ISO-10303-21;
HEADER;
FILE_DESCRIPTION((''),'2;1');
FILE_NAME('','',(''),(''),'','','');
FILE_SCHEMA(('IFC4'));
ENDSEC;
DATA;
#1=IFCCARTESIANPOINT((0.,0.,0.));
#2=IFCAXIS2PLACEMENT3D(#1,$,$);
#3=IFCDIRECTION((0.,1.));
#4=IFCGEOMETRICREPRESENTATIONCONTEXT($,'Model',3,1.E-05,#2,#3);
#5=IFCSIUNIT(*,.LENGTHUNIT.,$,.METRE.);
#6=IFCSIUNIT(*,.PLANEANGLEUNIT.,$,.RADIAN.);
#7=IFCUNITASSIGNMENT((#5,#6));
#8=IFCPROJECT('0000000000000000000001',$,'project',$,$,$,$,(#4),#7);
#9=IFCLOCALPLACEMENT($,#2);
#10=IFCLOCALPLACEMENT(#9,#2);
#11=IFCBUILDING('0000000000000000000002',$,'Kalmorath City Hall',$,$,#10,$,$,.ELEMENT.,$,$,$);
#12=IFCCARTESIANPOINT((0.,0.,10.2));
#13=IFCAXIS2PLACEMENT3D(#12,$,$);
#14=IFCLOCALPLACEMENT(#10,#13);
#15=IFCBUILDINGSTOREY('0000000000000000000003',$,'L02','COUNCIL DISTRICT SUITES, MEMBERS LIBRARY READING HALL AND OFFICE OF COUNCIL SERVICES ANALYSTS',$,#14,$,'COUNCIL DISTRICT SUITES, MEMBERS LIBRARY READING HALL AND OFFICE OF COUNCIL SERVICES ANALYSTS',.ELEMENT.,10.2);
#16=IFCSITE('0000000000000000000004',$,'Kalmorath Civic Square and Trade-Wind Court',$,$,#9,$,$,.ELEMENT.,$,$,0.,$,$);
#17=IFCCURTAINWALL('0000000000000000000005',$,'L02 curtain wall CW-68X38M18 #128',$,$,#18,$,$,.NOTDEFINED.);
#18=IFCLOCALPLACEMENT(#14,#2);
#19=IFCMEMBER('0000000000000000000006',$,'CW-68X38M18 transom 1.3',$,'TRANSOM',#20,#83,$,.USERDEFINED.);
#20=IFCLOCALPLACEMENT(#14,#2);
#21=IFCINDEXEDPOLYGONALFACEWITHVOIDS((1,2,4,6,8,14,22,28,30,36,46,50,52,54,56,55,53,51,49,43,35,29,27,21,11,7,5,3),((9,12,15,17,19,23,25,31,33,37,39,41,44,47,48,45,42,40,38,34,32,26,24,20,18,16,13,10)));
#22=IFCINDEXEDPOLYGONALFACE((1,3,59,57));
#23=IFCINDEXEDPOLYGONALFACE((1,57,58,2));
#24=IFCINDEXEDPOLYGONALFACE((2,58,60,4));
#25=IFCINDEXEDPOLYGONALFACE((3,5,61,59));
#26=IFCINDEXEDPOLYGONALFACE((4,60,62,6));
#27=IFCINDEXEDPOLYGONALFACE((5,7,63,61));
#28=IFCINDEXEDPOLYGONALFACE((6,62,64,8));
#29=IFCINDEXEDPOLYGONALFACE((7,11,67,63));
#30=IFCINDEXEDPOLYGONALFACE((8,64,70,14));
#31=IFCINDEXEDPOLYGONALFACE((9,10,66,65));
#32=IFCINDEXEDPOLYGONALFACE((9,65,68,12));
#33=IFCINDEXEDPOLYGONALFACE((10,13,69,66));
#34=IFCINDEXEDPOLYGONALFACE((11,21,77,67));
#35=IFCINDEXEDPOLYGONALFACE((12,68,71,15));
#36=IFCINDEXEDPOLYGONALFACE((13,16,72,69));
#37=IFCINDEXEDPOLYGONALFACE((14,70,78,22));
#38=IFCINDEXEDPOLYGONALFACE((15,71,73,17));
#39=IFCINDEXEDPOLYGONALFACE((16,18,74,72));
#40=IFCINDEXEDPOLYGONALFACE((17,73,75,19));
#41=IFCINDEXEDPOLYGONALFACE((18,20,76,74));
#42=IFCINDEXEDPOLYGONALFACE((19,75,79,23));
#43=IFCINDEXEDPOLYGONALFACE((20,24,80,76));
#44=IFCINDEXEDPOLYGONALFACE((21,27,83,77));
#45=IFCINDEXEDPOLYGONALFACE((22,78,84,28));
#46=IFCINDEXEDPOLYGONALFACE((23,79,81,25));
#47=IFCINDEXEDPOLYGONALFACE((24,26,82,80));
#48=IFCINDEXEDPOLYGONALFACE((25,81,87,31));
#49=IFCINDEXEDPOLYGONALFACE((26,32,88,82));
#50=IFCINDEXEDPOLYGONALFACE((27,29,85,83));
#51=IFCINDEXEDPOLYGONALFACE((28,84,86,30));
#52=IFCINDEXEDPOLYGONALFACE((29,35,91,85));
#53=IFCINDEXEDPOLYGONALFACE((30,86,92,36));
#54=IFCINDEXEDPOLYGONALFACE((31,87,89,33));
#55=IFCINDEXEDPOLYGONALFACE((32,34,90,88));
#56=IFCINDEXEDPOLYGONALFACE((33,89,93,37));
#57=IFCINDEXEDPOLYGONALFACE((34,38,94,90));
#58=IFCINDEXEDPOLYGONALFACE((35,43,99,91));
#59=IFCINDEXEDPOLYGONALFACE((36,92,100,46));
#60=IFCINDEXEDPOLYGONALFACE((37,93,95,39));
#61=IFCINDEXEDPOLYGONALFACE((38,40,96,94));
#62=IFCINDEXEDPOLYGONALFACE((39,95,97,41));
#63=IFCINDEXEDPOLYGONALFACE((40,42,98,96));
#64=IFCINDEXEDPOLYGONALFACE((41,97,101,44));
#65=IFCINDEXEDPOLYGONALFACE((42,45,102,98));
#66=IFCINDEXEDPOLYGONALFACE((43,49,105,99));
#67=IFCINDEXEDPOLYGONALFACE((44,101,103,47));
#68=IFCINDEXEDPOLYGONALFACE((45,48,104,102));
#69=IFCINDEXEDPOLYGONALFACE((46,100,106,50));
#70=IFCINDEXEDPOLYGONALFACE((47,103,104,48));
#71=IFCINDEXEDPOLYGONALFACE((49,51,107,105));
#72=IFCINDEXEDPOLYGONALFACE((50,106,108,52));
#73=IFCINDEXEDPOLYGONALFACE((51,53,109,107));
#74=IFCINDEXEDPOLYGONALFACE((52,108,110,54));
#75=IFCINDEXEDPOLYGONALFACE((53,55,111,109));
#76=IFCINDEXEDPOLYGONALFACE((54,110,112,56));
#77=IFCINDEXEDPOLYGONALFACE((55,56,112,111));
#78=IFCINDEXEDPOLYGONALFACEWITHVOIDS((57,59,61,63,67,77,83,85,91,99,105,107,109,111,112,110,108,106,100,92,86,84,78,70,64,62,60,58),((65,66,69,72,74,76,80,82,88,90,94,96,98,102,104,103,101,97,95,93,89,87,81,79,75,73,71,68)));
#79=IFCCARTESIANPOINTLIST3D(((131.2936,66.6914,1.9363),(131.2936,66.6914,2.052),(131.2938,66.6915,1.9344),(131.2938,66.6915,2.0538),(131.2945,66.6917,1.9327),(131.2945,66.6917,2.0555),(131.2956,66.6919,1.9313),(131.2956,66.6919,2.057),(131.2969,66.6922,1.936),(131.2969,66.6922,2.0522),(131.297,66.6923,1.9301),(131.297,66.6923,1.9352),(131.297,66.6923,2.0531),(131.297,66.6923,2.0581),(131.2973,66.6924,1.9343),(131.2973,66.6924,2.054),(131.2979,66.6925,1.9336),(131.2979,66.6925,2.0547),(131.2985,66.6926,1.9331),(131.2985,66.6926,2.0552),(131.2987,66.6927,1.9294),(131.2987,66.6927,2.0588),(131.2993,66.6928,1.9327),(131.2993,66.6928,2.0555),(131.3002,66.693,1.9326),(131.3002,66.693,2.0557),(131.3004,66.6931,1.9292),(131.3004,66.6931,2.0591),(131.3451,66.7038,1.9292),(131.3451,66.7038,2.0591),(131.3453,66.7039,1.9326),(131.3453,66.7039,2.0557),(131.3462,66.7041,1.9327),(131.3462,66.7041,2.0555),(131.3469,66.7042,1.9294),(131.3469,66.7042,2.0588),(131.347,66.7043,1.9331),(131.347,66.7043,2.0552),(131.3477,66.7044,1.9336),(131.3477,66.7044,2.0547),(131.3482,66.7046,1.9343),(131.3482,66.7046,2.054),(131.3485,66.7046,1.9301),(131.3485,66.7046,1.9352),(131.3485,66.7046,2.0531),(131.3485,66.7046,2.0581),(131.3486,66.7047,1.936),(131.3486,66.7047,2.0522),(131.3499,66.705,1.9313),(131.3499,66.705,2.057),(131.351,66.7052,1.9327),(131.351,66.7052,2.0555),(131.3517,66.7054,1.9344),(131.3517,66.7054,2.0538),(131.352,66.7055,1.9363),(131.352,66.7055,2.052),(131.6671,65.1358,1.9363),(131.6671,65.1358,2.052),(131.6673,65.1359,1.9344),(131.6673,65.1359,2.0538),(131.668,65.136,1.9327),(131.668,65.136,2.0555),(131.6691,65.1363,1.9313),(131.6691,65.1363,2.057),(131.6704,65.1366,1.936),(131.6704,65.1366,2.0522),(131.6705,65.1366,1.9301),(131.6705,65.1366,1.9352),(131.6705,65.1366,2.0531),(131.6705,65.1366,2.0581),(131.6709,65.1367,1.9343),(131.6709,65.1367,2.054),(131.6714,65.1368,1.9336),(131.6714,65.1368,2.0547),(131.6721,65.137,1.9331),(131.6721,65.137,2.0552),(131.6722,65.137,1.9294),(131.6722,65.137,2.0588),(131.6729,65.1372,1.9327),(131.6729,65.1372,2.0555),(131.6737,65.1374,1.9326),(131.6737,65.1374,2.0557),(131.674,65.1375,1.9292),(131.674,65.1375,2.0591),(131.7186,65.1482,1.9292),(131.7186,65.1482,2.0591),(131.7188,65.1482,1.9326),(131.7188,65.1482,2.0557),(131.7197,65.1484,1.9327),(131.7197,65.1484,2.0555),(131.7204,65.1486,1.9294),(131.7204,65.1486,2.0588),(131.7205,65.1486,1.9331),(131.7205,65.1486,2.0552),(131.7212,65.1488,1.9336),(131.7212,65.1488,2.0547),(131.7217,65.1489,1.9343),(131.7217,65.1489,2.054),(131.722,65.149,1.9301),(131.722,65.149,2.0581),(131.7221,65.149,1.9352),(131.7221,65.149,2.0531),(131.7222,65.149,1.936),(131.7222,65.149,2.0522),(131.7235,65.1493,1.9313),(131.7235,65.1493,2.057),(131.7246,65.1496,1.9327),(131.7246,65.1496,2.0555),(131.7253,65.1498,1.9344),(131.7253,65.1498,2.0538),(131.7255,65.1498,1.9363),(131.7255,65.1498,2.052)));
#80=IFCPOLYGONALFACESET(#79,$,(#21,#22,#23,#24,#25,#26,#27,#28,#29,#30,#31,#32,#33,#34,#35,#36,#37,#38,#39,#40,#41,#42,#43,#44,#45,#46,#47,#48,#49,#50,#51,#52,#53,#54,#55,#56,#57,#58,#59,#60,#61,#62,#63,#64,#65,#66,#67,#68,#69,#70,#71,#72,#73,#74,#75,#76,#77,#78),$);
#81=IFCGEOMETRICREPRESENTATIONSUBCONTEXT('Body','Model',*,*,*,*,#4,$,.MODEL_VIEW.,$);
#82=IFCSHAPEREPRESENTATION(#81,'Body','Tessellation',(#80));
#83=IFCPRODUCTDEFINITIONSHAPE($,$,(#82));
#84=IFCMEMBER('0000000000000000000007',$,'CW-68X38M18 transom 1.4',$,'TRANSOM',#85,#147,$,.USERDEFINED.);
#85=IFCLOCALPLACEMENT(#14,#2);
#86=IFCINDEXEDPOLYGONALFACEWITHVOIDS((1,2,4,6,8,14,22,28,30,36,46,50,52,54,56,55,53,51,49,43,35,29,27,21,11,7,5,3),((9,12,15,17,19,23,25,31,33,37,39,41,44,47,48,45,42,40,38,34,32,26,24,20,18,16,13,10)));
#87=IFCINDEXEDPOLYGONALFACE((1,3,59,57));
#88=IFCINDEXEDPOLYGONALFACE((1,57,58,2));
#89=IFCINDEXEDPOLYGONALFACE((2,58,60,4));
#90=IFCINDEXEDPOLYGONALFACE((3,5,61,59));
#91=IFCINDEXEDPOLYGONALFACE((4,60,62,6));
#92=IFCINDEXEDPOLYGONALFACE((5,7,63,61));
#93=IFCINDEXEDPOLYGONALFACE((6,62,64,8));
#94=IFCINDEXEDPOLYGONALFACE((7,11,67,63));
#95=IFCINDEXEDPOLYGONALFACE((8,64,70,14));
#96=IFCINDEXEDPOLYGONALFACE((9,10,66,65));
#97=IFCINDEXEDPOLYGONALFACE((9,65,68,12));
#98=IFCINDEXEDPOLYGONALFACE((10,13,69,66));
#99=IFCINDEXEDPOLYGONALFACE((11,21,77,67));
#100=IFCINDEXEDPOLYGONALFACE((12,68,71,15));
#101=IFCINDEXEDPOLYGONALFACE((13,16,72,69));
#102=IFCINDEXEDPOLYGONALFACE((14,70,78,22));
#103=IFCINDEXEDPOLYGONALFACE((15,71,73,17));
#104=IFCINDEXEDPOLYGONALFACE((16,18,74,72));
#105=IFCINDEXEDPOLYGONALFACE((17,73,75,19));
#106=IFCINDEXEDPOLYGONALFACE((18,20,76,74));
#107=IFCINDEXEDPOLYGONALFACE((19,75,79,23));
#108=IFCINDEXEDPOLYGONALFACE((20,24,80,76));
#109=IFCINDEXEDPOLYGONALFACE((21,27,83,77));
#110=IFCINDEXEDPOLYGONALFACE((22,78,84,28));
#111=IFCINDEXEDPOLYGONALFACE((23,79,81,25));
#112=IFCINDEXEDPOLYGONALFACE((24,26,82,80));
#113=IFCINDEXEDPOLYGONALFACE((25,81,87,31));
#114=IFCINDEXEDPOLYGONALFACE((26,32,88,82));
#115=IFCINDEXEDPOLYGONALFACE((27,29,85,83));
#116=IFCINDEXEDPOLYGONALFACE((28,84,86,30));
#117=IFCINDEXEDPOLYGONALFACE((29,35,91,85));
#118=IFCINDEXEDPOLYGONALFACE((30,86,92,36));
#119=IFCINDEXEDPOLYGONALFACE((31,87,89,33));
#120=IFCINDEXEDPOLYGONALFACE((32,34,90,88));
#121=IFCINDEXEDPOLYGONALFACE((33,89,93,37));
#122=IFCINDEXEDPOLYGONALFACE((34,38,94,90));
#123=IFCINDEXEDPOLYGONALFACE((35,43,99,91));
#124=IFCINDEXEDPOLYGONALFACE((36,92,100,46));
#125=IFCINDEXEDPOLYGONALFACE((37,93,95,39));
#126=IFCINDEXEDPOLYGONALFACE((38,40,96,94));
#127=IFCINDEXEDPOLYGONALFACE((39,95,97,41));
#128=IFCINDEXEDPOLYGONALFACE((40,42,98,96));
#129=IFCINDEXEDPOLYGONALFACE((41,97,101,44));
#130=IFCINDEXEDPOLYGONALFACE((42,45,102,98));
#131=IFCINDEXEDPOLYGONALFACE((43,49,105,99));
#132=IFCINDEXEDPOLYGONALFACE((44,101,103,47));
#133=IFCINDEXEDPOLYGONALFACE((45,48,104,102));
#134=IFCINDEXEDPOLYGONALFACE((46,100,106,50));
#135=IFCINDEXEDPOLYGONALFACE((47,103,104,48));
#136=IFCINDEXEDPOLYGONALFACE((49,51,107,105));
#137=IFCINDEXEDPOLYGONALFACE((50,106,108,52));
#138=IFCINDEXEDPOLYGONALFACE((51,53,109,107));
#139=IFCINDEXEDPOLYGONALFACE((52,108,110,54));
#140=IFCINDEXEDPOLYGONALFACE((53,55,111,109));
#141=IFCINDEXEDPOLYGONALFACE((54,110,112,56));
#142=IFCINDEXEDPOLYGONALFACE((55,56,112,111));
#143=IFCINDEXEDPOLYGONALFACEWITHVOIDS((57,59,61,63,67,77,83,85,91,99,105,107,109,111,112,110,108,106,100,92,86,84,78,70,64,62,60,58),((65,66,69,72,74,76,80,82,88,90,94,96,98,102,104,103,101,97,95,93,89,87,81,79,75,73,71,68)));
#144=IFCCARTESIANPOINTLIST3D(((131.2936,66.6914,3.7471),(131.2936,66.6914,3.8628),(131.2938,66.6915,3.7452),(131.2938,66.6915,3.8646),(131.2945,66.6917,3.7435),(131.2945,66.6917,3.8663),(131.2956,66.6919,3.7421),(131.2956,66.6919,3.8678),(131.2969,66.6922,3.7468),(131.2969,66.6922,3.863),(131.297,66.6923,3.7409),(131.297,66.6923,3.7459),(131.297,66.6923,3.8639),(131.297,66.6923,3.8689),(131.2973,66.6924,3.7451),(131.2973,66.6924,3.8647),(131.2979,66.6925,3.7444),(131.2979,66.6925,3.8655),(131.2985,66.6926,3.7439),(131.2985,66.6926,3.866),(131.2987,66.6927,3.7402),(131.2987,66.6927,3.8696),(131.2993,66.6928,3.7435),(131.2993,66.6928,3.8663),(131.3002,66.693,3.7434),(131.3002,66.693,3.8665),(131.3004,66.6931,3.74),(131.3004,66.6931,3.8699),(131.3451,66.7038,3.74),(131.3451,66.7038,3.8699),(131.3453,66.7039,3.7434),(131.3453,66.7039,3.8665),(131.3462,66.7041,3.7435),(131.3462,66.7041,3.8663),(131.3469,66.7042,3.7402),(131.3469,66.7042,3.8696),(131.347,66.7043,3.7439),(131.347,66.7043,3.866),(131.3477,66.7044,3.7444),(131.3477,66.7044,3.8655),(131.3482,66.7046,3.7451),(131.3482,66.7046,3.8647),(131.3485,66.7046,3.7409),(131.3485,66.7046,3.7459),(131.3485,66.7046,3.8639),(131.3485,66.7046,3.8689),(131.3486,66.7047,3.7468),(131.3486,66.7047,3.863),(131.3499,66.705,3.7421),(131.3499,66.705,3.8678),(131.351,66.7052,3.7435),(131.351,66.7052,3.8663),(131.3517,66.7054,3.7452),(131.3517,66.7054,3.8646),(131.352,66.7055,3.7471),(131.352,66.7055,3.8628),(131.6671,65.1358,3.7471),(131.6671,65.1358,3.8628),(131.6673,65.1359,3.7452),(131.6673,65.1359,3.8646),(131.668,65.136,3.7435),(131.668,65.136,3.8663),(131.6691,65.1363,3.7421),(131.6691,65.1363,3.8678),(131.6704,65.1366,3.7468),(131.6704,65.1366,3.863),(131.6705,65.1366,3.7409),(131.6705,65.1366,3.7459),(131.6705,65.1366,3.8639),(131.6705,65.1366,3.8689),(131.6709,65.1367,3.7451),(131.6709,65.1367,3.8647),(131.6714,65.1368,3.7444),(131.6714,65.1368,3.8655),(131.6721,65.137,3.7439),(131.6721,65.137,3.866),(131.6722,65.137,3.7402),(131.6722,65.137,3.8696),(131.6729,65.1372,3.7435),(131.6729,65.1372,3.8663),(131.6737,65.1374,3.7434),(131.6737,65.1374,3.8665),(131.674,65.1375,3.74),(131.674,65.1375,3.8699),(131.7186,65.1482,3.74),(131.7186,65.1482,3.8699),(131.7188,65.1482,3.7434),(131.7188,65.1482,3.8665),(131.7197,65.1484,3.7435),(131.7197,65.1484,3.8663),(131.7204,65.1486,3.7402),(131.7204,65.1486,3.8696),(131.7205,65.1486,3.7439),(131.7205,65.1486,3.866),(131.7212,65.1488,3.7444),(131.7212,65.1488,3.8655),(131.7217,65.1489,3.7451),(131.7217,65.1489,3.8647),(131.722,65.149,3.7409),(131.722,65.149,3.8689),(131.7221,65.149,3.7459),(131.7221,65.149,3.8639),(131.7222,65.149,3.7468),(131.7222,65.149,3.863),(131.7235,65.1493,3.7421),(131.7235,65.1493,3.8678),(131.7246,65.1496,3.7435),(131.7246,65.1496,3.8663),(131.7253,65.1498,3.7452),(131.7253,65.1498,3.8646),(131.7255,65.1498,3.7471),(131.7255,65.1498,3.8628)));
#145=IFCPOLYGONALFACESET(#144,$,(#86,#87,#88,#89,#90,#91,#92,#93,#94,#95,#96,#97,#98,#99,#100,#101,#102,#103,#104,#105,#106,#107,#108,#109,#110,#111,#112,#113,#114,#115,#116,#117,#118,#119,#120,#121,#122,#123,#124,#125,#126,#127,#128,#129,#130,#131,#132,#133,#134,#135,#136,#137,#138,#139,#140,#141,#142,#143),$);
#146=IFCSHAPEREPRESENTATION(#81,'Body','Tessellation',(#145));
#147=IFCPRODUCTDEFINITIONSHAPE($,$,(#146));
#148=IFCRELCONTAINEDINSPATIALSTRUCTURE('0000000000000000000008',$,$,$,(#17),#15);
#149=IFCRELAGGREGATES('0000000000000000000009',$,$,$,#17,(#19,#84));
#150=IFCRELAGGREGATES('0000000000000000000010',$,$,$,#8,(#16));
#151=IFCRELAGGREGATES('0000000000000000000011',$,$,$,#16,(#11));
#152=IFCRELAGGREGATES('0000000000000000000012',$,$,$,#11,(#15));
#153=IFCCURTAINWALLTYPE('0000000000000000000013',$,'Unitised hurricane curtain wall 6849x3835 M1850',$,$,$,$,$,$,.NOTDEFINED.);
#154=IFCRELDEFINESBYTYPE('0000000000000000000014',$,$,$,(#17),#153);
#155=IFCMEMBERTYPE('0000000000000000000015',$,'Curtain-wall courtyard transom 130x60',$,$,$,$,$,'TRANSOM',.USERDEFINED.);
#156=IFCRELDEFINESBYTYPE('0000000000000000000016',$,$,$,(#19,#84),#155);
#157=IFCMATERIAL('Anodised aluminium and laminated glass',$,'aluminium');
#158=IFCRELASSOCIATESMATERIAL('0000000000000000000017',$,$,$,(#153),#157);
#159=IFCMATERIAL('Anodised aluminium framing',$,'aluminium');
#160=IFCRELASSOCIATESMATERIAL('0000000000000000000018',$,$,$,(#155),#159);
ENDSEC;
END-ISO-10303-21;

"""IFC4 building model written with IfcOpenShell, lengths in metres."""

from ifc_helpers import new_model, si_unit, direction, frame, origin, origin_2d, place, context, subcontext, project, spatial, hollow_rectangle, extrude, material, material_profile, profile_set, type_object, element, aggregate, save


model = new_model("IFC4")

# Units and contexts
model_context = context("Model", 3, precision=1e-05, world=origin(), true_north=direction((0.0, 1.0)))
body_context = subcontext(model_context, "Body", "Model", "MODEL_VIEW")
ifc_project = project(units=[si_unit("LENGTHUNIT", "METRE"), si_unit("PLANEANGLEUNIT", "RADIAN")], contexts=[model_context])

# Site, building, storey
site_placement = place(None, origin())
site = spatial("IfcSite", under=ifc_project, at=site_placement, Name="Kalmorath Civic Square and Trade-Wind Court", CompositionType="ELEMENT", RefElevation=0.0)
building_placement = place(site_placement, origin())
building = spatial("IfcBuilding", under=site, at=building_placement, Name="Kalmorath City Hall", CompositionType="ELEMENT")
storey_placement = place(building_placement, frame((0.0, 0.0, 10.2)))
storey = spatial("IfcBuildingStorey", under=building, at=storey_placement, Name="L02", Description="COUNCIL DISTRICT SUITES, MEMBERS LIBRARY READING HALL AND OFFICE OF COUNCIL SERVICES ANALYSTS", LongName="COUNCIL DISTRICT SUITES, MEMBERS LIBRARY READING HALL AND OFFICE OF COUNCIL SERVICES ANALYSTS", CompositionType="ELEMENT", Elevation=10.2)

# Curtain wall, members
ifc_material_1 = material(Name="Anodised aluminium and laminated glass", Category="aluminium")
curtain_wall_type = type_object("IfcCurtainWallType", Name="Unitised hurricane curtain wall 6849x3835 M1850", PredefinedType="NOTDEFINED", material=ifc_material_1)
ifc_material_2 = material(Name="Anodised aluminium framing", Category="aluminium")
ifc_material_profile_1 = material_profile(ifc_material_2, hollow_rectangle(XDim=0.0601, YDim=0.1299, WallThickness=0.0034, InnerFilletRadius=0.0034, OuterFilletRadius=0.0071, at=origin_2d()), Name="ALU-TRN-130X60X3.5")
ifc_profile_set_1 = profile_set([ifc_material_profile_1], Name="Anodised aluminium framing")
member_type_1 = type_object("IfcMemberType", Name="Curtain-wall courtyard transom 130x60", ElementType="TRANSOM", PredefinedType="USERDEFINED", material=ifc_profile_set_1)
curtain_wall_1_placement = place(storey_placement, origin())
curtain_wall_1 = element("IfcCurtainWall", 1, at=curtain_wall_1_placement, inside=storey, type_object=curtain_wall_type, Name="L02 curtain wall CW-68X38M18 #128", PredefinedType="NOTDEFINED")
member_1_placement = place(storey_placement, frame((131.6963, 65.1428, 1.9941), z_axis=(-0.233477, 0.972362, 0.0), x_axis=(-0.972362, -0.233477, 0.0)))
member_1 = element("IfcMember", 2, at=member_1_placement, type_object=member_type_1, Name="CW-68X38M18 transom 1.3", ObjectType="TRANSOM", PredefinedType="USERDEFINED", context=body_context, shape_type="SweptSolid", body=[
    extrude(hollow_rectangle(XDim=0.0601, YDim=0.1299, WallThickness=0.0034, InnerFilletRadius=0.0034, OuterFilletRadius=0.0071, at=origin_2d()), origin(), (0.0, 0.0, 1.0), 1.5999),
])
member_2_placement = place(storey_placement, frame((131.6963, 65.1428, 3.8049), z_axis=(-0.233477, 0.972362, 0.0), x_axis=(-0.972362, -0.233477, 0.0)))
member_2 = element("IfcMember", 3, at=member_2_placement, type_object=member_type_1, Name="CW-68X38M18 transom 1.4", ObjectType="TRANSOM", PredefinedType="USERDEFINED", context=body_context, shape_type="SweptSolid", body=[
    extrude(hollow_rectangle(XDim=0.0601, YDim=0.1299, WallThickness=0.0034, InnerFilletRadius=0.0034, OuterFilletRadius=0.0071, at=origin_2d()), origin(), (0.0, 0.0, 1.0), 1.5999),
])

aggregate(curtain_wall_1, [member_1, member_2])

save(model, "model.ifc")
